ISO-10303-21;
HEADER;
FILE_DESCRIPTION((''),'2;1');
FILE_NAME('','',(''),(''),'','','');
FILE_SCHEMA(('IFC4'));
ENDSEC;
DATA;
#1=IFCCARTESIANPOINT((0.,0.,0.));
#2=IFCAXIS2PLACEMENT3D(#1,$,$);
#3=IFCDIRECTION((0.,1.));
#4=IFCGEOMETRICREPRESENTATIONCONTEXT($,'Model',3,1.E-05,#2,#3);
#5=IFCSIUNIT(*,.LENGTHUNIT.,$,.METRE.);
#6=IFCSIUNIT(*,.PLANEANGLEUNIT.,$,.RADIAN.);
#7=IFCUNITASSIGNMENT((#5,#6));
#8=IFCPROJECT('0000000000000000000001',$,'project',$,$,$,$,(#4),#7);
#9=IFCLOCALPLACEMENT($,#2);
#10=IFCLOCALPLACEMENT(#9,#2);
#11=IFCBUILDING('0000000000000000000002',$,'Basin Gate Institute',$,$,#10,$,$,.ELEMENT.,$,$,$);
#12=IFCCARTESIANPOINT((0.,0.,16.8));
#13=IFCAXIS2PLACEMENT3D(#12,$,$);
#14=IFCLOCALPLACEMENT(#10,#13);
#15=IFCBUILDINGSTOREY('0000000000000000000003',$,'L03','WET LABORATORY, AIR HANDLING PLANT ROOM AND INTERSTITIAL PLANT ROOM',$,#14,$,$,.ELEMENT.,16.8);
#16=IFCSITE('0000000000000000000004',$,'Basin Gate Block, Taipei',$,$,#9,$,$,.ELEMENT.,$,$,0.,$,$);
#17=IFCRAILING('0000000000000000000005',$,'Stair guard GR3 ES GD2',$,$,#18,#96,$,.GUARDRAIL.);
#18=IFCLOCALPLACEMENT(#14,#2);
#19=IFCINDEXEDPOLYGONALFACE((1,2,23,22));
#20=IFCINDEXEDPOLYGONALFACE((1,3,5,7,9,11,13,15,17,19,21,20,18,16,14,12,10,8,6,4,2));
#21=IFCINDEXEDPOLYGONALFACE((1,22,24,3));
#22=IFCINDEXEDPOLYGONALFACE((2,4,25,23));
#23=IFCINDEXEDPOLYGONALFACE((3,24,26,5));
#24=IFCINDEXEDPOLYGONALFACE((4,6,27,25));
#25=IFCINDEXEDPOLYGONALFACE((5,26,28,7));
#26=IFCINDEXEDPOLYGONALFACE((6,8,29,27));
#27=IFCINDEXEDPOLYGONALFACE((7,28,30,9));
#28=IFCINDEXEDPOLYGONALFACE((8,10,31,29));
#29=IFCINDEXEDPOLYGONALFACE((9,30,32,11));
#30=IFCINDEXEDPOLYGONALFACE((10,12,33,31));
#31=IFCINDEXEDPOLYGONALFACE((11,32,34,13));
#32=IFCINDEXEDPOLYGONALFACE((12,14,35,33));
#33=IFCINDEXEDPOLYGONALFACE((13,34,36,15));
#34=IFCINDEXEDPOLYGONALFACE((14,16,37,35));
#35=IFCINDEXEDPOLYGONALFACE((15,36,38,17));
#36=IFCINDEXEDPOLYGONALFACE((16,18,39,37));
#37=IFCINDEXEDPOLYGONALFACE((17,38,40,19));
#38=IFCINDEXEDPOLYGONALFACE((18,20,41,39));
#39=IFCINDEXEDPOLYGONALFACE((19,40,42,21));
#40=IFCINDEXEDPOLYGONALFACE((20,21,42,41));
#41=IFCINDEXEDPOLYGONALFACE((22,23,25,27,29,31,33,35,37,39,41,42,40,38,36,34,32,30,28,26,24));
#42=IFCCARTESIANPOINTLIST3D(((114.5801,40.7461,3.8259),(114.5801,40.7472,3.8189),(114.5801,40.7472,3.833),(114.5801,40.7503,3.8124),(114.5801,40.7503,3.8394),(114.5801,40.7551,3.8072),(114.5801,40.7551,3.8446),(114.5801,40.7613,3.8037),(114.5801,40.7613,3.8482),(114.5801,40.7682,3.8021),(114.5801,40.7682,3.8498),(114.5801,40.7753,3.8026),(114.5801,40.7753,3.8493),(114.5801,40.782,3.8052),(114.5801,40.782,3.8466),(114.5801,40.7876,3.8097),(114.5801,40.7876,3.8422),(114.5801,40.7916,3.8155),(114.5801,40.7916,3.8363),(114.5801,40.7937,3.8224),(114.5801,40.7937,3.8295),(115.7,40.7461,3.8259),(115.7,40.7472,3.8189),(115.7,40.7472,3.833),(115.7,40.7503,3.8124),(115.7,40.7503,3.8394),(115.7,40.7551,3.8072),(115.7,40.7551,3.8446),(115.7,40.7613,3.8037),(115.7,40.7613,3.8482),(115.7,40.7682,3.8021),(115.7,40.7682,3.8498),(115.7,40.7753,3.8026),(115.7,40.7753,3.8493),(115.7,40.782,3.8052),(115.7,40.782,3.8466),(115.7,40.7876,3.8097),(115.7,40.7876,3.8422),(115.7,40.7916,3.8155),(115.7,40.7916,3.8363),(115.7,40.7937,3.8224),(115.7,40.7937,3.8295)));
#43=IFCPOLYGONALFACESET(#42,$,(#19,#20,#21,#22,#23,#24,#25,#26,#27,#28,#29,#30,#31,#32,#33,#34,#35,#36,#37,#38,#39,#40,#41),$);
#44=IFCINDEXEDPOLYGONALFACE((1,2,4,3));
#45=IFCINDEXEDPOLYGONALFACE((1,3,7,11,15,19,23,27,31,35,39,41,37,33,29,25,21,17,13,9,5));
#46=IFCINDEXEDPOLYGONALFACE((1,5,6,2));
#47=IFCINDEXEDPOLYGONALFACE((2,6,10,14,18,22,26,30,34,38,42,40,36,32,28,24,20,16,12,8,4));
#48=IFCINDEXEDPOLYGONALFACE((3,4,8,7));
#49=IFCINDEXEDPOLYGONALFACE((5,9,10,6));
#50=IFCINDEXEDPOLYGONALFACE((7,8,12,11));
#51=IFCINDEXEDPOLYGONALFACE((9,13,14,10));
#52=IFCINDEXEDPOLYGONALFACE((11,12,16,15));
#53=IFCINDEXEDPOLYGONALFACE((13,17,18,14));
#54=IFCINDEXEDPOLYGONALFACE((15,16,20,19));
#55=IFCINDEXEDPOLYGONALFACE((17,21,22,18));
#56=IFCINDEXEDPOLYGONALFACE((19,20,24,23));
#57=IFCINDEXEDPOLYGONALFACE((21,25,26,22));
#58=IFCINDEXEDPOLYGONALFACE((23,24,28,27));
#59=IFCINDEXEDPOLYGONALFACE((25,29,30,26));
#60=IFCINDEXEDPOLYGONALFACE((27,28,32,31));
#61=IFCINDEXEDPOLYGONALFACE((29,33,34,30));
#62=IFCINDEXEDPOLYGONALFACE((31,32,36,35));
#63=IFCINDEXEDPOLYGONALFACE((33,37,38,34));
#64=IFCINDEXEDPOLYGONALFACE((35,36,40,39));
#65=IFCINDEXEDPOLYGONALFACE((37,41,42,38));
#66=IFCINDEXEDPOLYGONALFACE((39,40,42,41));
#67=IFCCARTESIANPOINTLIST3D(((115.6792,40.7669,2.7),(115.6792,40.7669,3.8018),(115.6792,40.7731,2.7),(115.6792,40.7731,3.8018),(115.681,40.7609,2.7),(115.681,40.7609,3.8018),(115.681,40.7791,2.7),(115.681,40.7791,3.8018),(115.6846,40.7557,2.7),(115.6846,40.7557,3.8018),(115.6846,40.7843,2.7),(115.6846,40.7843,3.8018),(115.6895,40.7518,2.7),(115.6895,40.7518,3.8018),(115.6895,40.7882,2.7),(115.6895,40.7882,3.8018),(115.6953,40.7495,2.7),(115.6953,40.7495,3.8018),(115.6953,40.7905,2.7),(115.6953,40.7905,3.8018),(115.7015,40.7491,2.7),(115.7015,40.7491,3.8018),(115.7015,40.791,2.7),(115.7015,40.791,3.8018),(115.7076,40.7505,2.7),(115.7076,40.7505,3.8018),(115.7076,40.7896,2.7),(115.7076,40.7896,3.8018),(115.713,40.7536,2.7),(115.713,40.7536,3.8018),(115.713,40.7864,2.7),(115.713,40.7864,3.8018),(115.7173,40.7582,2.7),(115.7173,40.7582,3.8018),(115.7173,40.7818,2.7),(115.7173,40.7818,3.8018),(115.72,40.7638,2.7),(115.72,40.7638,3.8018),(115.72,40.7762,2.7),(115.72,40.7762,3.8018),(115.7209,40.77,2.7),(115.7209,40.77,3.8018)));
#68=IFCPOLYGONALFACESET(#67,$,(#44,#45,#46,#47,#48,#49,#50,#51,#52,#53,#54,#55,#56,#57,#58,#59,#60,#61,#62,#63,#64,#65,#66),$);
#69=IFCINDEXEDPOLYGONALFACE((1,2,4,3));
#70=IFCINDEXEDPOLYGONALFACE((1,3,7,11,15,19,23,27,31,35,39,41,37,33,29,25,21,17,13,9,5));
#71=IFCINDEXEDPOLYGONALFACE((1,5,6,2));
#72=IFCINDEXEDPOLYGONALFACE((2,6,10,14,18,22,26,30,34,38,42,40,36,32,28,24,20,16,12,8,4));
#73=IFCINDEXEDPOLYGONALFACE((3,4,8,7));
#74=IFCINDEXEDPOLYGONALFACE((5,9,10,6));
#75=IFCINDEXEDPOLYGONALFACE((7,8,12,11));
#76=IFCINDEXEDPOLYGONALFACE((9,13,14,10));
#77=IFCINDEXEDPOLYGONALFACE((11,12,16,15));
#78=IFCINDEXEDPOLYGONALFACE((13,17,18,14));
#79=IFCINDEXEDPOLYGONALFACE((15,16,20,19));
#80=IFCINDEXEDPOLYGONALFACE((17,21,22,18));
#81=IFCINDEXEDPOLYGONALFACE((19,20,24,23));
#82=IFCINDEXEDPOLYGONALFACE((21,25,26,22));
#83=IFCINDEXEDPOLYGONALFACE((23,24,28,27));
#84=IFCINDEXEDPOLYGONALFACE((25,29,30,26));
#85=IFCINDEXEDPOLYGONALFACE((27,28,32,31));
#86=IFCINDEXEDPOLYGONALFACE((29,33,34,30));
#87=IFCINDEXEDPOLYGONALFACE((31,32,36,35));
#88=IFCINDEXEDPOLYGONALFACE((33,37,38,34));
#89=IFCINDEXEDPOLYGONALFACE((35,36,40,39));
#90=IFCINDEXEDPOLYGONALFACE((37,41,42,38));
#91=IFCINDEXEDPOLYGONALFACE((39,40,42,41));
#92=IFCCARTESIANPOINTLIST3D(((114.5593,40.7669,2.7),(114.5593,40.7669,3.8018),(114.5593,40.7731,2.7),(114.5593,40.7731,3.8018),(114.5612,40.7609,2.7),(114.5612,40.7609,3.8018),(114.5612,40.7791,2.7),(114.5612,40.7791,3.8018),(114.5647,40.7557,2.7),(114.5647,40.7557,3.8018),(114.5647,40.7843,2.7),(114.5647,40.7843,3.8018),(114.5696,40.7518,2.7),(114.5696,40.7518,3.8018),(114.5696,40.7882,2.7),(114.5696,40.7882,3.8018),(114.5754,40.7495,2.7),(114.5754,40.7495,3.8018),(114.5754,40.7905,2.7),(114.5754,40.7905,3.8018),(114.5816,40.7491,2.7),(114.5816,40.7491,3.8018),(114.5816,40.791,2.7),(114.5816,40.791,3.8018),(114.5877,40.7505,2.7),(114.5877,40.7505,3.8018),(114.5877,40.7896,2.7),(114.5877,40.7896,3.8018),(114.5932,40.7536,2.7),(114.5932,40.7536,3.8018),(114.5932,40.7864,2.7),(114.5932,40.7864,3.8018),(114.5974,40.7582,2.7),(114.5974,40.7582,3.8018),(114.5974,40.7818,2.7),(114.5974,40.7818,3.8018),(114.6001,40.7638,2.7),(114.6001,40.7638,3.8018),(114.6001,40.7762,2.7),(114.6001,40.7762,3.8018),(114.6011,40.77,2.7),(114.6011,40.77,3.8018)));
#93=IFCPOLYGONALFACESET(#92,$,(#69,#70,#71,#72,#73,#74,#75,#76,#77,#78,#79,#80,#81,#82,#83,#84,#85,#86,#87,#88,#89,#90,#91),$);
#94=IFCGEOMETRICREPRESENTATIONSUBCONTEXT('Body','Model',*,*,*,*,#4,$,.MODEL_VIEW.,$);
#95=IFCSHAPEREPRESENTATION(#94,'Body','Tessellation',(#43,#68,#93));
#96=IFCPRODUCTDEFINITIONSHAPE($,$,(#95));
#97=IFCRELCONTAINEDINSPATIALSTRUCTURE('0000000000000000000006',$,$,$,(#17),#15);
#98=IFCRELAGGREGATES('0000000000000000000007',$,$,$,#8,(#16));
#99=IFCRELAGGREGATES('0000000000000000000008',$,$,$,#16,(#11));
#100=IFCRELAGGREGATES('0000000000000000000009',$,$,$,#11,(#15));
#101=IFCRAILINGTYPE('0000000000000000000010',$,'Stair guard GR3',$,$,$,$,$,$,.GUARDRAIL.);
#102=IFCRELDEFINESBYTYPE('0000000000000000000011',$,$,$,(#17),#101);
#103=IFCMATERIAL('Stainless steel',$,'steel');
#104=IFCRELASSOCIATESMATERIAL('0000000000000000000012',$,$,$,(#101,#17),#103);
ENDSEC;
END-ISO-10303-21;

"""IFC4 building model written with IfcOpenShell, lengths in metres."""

from ifc_helpers import new_model, si_unit, direction, frame, origin, origin_2d, place, context, subcontext, project, spatial, circle, extrude, material, type_object, element, save


model = new_model("IFC4")

# Units and contexts
model_context = context("Model", 3, precision=1e-05, world=origin(), true_north=direction((0.0, 1.0)))
body_context = subcontext(model_context, "Body", "Model", "MODEL_VIEW")
ifc_project = project(units=[si_unit("LENGTHUNIT", "METRE"), si_unit("PLANEANGLEUNIT", "RADIAN")], contexts=[model_context])

# Site, building, storey
site_placement = place(None, origin())
site = spatial("IfcSite", under=ifc_project, at=site_placement, Name="Basin Gate Block, Taipei", CompositionType="ELEMENT", RefElevation=0.0)
building_placement = place(site_placement, origin())
building = spatial("IfcBuilding", under=site, at=building_placement, Name="Basin Gate Institute", CompositionType="ELEMENT")
storey_placement = place(building_placement, frame((0.0, 0.0, 16.8)))
storey = spatial("IfcBuildingStorey", under=building, at=storey_placement, Name="L03", Description="WET LABORATORY, AIR HANDLING PLANT ROOM AND INTERSTITIAL PLANT ROOM", CompositionType="ELEMENT", Elevation=16.8)

# Railing
ifc_material_1 = material(Name="Stainless steel", Category="steel")
railing_type_1 = type_object("IfcRailingType", Name="Stair guard GR3", PredefinedType="GUARDRAIL", material=ifc_material_1)
railing_1_placement = place(storey_placement, frame((115.7, 40.77, 2.7)))
element("IfcRailing", 1, at=railing_1_placement, inside=storey, type_object=railing_type_1, material=ifc_material_1, Name="Stair guard GR3 ES GD2", PredefinedType="GUARDRAIL", context=body_context, shape_type="SweptSolid", body=[
    extrude(circle(Radius=0.0239, at=origin_2d()), frame((0.0, 0.0, 1.126), z_axis=(-1.0, 0.0, 0.0), x_axis=(0.0, -1.0, 0.0)), (0.0, 0.0, 1.0), 1.1199),
    extrude(circle(Radius=0.021, at=origin_2d()), origin(), (0.0, 0.0, 1.0), 1.1018),
    extrude(circle(Radius=0.021, at=origin_2d()), frame((-1.1199, 0.0, 0.0)), (0.0, 0.0, 1.0), 1.1018),
])

save(model, "model.ifc")
